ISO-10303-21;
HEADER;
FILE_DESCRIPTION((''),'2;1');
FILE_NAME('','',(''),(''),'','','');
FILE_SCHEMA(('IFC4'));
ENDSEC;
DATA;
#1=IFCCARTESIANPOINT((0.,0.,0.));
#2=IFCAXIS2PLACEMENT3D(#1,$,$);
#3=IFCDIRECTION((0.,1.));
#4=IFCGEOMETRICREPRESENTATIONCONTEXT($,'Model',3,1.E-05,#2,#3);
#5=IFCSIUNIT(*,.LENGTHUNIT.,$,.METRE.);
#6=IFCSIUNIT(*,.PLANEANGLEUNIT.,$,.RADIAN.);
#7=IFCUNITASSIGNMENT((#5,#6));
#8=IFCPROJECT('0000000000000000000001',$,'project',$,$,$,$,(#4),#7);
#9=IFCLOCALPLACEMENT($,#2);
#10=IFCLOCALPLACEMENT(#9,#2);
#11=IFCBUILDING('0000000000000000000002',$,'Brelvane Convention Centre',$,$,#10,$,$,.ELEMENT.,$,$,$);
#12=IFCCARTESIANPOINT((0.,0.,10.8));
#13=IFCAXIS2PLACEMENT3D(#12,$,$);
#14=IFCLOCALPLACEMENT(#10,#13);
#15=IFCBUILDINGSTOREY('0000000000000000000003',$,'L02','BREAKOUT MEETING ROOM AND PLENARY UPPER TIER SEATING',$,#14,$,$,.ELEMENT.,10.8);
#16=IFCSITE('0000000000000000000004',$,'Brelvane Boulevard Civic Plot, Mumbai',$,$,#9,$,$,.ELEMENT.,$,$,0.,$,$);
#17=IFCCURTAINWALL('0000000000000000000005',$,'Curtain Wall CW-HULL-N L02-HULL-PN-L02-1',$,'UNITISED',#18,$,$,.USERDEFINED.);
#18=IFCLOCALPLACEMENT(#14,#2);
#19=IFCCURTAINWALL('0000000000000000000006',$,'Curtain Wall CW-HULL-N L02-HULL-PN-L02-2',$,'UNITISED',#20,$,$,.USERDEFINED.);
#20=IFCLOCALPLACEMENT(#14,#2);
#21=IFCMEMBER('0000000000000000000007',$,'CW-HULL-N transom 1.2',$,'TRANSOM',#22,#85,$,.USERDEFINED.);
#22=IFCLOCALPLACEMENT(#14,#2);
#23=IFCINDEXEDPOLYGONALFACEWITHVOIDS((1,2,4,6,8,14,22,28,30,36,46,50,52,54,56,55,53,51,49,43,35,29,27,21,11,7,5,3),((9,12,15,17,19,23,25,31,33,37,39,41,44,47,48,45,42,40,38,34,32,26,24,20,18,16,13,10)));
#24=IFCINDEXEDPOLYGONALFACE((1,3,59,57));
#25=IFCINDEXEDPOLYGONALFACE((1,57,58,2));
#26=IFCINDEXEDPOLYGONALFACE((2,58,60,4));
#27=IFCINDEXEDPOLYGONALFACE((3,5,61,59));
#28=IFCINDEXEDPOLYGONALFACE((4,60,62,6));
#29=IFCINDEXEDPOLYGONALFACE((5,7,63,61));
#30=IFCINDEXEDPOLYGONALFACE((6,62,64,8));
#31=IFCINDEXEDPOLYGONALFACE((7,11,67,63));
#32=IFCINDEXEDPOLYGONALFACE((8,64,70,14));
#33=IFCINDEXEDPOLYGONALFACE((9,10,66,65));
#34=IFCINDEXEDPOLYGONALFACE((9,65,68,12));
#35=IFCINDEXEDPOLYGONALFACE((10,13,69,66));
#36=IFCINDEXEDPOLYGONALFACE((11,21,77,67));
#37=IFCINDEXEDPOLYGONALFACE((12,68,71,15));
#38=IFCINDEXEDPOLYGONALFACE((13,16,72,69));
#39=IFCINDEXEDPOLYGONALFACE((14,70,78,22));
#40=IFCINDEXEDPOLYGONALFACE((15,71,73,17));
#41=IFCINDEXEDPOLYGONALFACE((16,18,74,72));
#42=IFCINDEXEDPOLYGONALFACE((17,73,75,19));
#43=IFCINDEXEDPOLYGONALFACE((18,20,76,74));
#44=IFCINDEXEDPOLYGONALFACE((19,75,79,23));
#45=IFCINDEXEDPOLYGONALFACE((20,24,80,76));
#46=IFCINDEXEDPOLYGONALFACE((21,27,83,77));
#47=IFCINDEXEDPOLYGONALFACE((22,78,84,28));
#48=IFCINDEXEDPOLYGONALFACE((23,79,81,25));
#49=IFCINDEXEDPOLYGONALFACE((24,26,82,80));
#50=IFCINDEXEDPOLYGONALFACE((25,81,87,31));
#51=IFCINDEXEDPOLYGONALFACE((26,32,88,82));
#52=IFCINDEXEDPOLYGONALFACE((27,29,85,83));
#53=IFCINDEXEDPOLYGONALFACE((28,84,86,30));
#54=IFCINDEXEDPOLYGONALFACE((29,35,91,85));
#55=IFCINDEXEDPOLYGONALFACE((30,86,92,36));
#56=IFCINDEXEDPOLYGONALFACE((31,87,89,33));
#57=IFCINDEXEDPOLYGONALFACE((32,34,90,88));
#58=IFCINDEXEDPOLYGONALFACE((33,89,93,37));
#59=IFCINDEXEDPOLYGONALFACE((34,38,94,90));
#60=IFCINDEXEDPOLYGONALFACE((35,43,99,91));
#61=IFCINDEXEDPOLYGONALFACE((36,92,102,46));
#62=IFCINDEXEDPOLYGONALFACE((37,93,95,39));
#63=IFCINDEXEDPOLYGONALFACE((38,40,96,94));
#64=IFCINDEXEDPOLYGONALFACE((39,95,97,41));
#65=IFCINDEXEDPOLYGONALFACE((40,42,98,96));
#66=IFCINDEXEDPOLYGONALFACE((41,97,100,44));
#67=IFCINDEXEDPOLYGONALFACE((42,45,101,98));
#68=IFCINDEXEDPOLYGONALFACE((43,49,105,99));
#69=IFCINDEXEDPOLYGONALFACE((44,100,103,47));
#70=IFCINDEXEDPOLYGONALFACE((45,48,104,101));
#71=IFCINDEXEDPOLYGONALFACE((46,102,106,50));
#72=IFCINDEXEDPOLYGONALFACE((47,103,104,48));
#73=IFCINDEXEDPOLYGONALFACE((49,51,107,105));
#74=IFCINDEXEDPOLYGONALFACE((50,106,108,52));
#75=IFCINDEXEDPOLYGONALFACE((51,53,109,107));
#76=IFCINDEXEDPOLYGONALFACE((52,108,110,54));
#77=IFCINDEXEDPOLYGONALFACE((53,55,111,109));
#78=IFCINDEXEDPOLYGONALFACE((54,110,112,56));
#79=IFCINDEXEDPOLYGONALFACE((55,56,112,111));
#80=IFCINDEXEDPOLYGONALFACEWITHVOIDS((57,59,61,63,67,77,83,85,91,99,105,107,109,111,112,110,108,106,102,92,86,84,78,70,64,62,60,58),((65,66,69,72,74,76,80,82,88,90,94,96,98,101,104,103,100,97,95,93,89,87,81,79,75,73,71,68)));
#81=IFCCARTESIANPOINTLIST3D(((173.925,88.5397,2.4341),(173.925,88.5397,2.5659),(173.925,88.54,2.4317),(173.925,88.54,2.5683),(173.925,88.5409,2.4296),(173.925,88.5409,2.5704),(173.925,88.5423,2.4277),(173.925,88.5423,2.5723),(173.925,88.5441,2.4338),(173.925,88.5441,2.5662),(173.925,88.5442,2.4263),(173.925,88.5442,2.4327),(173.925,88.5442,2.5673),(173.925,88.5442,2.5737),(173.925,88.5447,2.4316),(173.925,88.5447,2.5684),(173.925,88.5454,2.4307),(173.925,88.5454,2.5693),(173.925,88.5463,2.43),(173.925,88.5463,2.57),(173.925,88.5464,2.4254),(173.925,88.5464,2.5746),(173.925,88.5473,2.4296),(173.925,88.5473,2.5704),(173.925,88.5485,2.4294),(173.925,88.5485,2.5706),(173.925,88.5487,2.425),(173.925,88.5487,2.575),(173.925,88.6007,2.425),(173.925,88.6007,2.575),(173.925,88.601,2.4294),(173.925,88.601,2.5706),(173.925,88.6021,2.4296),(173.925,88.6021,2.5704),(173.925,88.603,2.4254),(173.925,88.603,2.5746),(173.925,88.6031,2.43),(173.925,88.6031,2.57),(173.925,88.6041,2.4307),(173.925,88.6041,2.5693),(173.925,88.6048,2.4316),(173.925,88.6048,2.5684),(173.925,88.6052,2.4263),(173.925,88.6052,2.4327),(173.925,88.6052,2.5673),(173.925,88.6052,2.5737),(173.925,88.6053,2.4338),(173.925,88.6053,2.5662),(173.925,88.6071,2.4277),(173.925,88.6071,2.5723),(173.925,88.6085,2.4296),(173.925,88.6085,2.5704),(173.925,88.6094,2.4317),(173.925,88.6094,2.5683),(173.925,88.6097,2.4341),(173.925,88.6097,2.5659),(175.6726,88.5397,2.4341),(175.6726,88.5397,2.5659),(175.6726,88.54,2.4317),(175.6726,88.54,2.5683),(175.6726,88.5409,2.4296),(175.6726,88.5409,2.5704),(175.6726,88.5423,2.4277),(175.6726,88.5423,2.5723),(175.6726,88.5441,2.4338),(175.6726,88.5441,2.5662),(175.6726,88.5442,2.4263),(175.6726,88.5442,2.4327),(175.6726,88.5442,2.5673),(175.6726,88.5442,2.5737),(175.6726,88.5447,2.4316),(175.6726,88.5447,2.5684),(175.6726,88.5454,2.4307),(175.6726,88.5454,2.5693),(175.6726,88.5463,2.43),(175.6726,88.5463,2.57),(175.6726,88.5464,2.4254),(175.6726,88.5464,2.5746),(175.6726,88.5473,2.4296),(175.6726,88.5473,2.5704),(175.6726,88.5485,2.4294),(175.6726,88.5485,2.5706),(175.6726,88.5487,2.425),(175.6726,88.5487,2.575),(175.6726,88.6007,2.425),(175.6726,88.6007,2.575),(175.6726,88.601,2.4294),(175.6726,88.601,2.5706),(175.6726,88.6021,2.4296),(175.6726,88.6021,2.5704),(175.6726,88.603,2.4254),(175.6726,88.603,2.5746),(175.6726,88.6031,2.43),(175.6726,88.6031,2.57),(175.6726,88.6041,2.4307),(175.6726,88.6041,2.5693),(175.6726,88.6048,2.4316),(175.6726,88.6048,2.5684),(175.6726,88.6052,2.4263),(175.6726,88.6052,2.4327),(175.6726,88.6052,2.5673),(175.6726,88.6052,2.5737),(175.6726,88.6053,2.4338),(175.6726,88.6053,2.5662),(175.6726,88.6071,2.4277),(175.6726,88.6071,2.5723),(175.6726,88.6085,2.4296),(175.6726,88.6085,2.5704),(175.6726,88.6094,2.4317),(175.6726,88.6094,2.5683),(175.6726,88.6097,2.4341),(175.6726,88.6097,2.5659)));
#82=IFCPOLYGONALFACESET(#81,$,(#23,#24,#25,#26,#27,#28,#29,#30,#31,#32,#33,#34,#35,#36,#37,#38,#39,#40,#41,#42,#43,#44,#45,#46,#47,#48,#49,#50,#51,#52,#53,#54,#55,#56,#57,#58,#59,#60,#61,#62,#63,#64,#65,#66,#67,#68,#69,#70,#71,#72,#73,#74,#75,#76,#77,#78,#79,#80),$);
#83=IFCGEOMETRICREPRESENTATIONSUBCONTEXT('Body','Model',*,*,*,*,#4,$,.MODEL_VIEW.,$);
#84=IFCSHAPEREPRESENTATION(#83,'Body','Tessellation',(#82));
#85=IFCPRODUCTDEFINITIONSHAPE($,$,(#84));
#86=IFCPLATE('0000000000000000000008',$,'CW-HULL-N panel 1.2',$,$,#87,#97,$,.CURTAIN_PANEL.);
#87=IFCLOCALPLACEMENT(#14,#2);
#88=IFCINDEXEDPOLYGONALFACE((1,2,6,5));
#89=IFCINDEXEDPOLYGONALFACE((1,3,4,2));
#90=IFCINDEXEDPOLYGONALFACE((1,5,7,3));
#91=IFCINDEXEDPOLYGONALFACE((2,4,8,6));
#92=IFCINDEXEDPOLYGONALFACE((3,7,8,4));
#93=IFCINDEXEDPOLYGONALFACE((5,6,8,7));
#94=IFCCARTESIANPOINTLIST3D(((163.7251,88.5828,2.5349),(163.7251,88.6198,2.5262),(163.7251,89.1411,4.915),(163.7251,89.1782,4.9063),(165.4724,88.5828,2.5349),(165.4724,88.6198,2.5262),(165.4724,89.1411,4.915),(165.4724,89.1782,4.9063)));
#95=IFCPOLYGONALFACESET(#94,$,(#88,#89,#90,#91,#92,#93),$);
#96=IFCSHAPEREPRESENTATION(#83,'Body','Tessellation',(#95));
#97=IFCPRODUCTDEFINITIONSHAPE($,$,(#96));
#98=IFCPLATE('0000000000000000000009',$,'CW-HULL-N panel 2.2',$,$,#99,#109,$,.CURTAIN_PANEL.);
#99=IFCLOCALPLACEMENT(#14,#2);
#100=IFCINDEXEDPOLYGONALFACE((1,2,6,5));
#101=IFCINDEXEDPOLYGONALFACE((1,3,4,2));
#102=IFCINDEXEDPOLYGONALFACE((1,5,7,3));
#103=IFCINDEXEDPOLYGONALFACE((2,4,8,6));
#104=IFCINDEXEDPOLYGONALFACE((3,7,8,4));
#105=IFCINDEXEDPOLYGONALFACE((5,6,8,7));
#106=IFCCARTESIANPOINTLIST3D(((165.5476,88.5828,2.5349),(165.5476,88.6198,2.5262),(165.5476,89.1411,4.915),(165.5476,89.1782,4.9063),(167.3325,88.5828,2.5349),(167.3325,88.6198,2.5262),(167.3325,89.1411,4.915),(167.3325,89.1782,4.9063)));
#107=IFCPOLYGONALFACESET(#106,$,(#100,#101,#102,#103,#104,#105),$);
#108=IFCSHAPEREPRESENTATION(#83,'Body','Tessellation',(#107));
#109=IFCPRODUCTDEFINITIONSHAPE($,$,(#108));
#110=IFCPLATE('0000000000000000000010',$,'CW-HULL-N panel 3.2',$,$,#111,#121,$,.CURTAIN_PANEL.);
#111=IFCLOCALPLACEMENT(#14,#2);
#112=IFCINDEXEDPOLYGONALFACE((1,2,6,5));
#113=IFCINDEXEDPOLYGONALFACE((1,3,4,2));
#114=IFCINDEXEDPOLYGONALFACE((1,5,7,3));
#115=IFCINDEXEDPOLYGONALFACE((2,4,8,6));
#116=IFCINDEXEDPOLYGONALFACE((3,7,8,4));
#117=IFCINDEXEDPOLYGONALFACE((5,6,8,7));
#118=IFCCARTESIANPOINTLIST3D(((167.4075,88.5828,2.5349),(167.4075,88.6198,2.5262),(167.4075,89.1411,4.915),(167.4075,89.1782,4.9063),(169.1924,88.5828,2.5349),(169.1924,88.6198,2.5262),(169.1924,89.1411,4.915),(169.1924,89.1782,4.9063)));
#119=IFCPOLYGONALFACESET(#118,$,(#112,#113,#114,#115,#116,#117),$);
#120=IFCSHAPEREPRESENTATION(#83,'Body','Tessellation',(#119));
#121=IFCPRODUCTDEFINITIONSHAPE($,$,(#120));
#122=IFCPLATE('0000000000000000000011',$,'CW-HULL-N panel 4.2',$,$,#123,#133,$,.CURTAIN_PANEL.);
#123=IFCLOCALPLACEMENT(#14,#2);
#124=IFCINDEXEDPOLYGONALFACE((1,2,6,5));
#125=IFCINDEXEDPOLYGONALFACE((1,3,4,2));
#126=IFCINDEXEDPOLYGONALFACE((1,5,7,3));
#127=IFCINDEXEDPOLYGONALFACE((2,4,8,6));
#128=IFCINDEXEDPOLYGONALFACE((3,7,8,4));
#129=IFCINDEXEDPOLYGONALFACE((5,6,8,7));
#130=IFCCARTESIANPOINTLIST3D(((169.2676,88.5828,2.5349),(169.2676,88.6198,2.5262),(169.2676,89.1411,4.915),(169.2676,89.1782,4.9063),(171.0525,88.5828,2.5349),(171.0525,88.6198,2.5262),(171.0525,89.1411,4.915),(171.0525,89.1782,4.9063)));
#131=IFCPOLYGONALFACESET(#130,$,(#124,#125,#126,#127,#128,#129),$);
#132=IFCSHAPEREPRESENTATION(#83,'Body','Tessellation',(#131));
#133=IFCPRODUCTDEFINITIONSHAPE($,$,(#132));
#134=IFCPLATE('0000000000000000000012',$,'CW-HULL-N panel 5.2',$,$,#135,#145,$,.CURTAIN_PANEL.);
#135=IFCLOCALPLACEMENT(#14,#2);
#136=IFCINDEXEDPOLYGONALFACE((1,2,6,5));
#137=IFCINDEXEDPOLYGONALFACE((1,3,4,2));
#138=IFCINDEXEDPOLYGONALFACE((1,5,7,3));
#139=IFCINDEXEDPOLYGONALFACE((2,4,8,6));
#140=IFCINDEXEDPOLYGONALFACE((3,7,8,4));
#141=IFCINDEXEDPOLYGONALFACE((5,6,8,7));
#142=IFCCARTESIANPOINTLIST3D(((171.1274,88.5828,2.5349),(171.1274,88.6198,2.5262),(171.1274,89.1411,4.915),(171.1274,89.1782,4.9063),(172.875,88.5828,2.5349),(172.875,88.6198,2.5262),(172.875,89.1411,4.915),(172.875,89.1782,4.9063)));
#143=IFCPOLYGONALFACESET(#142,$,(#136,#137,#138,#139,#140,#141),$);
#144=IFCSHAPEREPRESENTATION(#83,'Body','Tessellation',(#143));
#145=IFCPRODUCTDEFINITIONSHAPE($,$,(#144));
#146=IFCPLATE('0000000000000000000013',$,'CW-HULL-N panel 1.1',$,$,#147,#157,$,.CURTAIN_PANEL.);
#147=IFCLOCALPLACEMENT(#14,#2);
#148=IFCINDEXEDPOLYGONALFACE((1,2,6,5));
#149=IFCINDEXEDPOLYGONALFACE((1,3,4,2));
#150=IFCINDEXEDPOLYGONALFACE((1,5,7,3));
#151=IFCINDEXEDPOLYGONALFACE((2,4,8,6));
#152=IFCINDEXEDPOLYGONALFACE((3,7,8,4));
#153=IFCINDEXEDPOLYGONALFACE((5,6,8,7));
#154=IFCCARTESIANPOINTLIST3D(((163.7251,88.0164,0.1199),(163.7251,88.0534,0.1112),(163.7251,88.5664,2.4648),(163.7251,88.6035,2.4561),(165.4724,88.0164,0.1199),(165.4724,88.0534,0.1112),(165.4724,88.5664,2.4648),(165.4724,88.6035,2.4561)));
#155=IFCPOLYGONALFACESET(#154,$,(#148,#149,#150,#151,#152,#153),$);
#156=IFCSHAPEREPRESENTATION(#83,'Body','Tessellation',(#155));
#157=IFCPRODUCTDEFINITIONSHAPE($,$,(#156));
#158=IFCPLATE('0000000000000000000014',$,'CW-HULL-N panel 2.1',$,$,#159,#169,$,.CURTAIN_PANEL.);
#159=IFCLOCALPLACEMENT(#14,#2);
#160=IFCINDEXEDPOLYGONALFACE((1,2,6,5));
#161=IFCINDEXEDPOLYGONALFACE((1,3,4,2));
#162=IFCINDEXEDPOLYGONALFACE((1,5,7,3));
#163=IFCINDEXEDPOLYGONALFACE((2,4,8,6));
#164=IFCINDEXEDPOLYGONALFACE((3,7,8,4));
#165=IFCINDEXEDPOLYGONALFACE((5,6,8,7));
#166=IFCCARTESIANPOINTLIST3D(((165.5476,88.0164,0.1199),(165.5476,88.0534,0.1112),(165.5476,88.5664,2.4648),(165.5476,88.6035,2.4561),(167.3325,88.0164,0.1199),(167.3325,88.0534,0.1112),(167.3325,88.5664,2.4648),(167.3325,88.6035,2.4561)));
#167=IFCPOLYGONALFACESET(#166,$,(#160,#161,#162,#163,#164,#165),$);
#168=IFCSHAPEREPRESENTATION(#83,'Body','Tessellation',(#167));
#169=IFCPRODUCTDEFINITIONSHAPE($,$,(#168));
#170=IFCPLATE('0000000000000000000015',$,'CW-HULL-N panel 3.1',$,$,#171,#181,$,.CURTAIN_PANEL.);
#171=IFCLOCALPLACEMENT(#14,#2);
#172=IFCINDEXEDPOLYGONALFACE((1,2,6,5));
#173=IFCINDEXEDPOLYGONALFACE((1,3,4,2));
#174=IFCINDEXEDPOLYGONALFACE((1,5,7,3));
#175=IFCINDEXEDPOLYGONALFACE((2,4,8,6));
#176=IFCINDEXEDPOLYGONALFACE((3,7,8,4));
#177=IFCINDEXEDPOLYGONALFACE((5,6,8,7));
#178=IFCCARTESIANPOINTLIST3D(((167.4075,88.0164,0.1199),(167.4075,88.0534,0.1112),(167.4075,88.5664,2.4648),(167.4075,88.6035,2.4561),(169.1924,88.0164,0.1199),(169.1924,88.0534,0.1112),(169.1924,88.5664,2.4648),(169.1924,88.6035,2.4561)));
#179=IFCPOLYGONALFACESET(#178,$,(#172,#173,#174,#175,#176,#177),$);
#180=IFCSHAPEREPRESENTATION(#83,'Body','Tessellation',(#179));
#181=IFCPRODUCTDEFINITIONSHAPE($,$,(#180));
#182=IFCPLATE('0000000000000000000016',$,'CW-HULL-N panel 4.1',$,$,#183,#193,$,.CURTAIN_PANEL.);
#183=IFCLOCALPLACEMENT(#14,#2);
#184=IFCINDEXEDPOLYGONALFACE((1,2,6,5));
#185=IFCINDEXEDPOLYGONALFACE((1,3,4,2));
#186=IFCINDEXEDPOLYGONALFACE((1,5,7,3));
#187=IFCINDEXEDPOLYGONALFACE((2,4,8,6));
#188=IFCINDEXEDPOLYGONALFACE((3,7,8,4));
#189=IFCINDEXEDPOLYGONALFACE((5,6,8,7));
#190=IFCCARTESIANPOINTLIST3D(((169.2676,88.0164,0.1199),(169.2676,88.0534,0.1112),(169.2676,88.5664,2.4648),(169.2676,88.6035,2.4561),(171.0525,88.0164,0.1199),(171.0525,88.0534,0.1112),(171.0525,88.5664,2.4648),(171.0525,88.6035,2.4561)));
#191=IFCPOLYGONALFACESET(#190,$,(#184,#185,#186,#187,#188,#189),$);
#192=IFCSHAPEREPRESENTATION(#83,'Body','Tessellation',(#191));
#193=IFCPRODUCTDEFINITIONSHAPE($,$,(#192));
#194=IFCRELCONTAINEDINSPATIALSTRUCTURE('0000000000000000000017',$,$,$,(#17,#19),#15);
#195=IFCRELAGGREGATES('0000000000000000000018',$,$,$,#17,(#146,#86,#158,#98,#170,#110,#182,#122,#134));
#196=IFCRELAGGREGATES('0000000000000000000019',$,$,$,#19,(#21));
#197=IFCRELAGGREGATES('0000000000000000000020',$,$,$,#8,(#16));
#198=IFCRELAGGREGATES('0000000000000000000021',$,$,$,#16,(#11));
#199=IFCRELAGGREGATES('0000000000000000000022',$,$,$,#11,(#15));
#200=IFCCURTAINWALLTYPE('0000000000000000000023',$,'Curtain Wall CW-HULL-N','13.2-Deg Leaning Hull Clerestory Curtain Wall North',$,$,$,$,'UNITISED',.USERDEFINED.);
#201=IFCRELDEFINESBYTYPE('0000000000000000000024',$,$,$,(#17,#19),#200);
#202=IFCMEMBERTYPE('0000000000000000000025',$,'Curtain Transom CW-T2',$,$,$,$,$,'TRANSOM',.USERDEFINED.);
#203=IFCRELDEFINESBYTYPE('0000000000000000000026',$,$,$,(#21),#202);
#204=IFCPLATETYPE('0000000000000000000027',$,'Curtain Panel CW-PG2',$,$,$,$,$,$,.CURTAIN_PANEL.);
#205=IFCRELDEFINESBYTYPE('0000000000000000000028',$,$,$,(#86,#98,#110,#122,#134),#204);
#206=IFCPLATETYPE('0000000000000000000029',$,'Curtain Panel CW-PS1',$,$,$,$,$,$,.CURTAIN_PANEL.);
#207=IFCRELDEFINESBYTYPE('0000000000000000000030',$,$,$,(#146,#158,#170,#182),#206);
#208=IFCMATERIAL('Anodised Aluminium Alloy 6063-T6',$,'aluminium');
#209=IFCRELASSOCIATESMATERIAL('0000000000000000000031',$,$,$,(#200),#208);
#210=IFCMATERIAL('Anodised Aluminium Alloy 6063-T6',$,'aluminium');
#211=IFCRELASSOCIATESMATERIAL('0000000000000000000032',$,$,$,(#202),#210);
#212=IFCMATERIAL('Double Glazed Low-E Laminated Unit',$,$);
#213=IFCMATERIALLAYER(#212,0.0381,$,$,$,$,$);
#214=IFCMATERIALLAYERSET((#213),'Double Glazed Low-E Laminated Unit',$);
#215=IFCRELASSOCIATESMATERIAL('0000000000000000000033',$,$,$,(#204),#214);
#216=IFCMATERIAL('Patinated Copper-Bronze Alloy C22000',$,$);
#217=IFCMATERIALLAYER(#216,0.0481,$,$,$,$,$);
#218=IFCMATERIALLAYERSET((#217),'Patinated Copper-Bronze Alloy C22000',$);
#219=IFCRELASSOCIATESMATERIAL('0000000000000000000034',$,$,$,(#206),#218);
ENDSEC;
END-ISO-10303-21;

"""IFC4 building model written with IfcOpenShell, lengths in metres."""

from ifc_helpers import new_model, si_unit, direction, frame, origin, origin_2d, place, context, subcontext, project, spatial, polyline, hollow_rectangle, outline, extrude, material, layer, layer_set, material_profile, profile_set, type_object, element, aggregate, save


model = new_model("IFC4")

# Units and contexts
model_context = context("Model", 3, precision=1e-05, world=origin(), true_north=direction((0.0, 1.0)))
body_context = subcontext(model_context, "Body", "Model", "MODEL_VIEW")
ifc_project = project(units=[si_unit("LENGTHUNIT", "METRE"), si_unit("PLANEANGLEUNIT", "RADIAN")], contexts=[model_context])

# Site, building, storey
site_placement = place(None, origin())
site = spatial("IfcSite", under=ifc_project, at=site_placement, Name="Brelvane Boulevard Civic Plot, Mumbai", CompositionType="ELEMENT", RefElevation=0.0)
building_placement = place(site_placement, origin())
building = spatial("IfcBuilding", under=site, at=building_placement, Name="Brelvane Convention Centre", CompositionType="ELEMENT")
storey_placement = place(building_placement, frame((0.0, 0.0, 10.8)))
storey = spatial("IfcBuildingStorey", under=building, at=storey_placement, Name="L02", Description="BREAKOUT MEETING ROOM AND PLENARY UPPER TIER SEATING", CompositionType="ELEMENT", Elevation=10.8)

# Curtain wall
ifc_material_1 = material(Name="Anodised Aluminium Alloy 6063-T6", Category="aluminium")
curtain_wall_type = type_object("IfcCurtainWallType", Name="Curtain Wall CW-HULL-N", Description="13.2-Deg Leaning Hull Clerestory Curtain Wall North", ElementType="UNITISED", PredefinedType="USERDEFINED", material=ifc_material_1)
curtain_wall_1_placement = place(storey_placement, origin())
curtain_wall_1 = element("IfcCurtainWall", 1, at=curtain_wall_1_placement, inside=storey, type_object=curtain_wall_type, Name="Curtain Wall CW-HULL-N L02-HULL-PN-L02-1", ObjectType="UNITISED", PredefinedType="USERDEFINED")

# Curtain wall
curtain_wall_2_placement = place(storey_placement, origin())
curtain_wall_2 = element("IfcCurtainWall", 2, at=curtain_wall_2_placement, inside=storey, type_object=curtain_wall_type, Name="Curtain Wall CW-HULL-N L02-HULL-PN-L02-2", ObjectType="UNITISED", PredefinedType="USERDEFINED")

# Member
ifc_material_2 = material(Name="Anodised Aluminium Alloy 6063-T6", Category="aluminium")
ifc_material_profile_1 = material_profile(ifc_material_2, hollow_rectangle(XDim=0.0701, YDim=0.1499, WallThickness=0.0044, InnerFilletRadius=0.0044, OuterFilletRadius=0.009, at=origin_2d()), Name="ALU-T 150x70x4.5")
ifc_profile_set_1 = profile_set([ifc_material_profile_1], Name="Anodised Aluminium Alloy 6063-T6")
member_type_1 = type_object("IfcMemberType", Name="Curtain Transom CW-T2", ElementType="TRANSOM", PredefinedType="USERDEFINED", material=ifc_profile_set_1)
member_1_placement = place(storey_placement, frame((173.925, 88.5747, 2.5), z_axis=(1.0, 0.0, 0.0), x_axis=(0.0, 1.0, 0.0)))
member_1 = element("IfcMember", 3, at=member_1_placement, type_object=member_type_1, Name="CW-HULL-N transom 1.2", ObjectType="TRANSOM", PredefinedType="USERDEFINED", context=body_context, shape_type="SweptSolid", body=[
    extrude(hollow_rectangle(XDim=0.0701, YDim=0.1499, WallThickness=0.0044, InnerFilletRadius=0.0044, OuterFilletRadius=0.009, at=origin_2d()), origin(), (0.0, 0.0, 1.0), 1.7476),
])

# Plates
ifc_material_3 = material(Name="Double Glazed Low-E Laminated Unit")
ifc_layer_1 = layer(ifc_material_3, 0.0381)
ifc_layer_set_1 = layer_set([ifc_layer_1], Name="Double Glazed Low-E Laminated Unit")
plate_type_1 = type_object("IfcPlateType", Name="Curtain Panel CW-PG2", PredefinedType="CURTAIN_PANEL", material=ifc_layer_set_1)
plate_1_placement = place(storey_placement, frame((163.7251, 88.5828, 2.5349), z_axis=(0.0, -0.97357, 0.228388), x_axis=(1.0, 0.0, 0.0)))
plate_1 = element("IfcPlate", 4, at=plate_1_placement, type_object=plate_type_1, Name="CW-HULL-N panel 1.2", PredefinedType="CURTAIN_PANEL", context=body_context, shape_type="SweptSolid", body=[
    extrude(outline(polyline([(0.0, 0.0), (1.7473, 0.0), (1.7473, 2.4447), (0.0, 2.4447), (0.0, 0.0)])), origin(), (0.0, 0.0, -1.0), 0.0381),
])
plate_2_placement = place(storey_placement, frame((165.5476, 88.5828, 2.5349), z_axis=(0.0, -0.97357, 0.228388), x_axis=(1.0, 0.0, 0.0)))
plate_2 = element("IfcPlate", 5, at=plate_2_placement, type_object=plate_type_1, Name="CW-HULL-N panel 2.2", PredefinedType="CURTAIN_PANEL", context=body_context, shape_type="SweptSolid", body=[
    extrude(outline(polyline([(0.0, 0.0), (1.7849, 0.0), (1.7849, 2.4447), (0.0, 2.4447), (0.0, 0.0)])), origin(), (0.0, 0.0, -1.0), 0.0381),
])
plate_3_placement = place(storey_placement, frame((167.4075, 88.5828, 2.5349), z_axis=(0.0, -0.97357, 0.228388), x_axis=(1.0, 0.0, 0.0)))
plate_3 = element("IfcPlate", 6, at=plate_3_placement, type_object=plate_type_1, Name="CW-HULL-N panel 3.2", PredefinedType="CURTAIN_PANEL", context=body_context, shape_type="SweptSolid", body=[
    extrude(outline(polyline([(0.0, 0.0), (1.7849, 0.0), (1.7849, 2.4447), (0.0, 2.4447), (0.0, 0.0)])), origin(), (0.0, 0.0, -1.0), 0.0381),
])
plate_4_placement = place(storey_placement, frame((169.2676, 88.5828, 2.5349), z_axis=(0.0, -0.97357, 0.228388), x_axis=(1.0, 0.0, 0.0)))
plate_4 = element("IfcPlate", 7, at=plate_4_placement, type_object=plate_type_1, Name="CW-HULL-N panel 4.2", PredefinedType="CURTAIN_PANEL", context=body_context, shape_type="SweptSolid", body=[
    extrude(outline(polyline([(0.0, 0.0), (1.7849, 0.0), (1.7849, 2.4447), (0.0, 2.4447), (0.0, 0.0)])), origin(), (0.0, 0.0, -1.0), 0.0381),
])
plate_5_placement = place(storey_placement, frame((171.1274, 88.5828, 2.5349), z_axis=(0.0, -0.97357, 0.228388), x_axis=(1.0, 0.0, 0.0)))
plate_5 = element("IfcPlate", 8, at=plate_5_placement, type_object=plate_type_1, Name="CW-HULL-N panel 5.2", PredefinedType="CURTAIN_PANEL", context=body_context, shape_type="SweptSolid", body=[
    extrude(outline(polyline([(0.0, 0.0), (1.7476, 0.0), (1.7476, 2.4447), (0.0, 2.4447), (0.0, 0.0)])), origin(), (0.0, 0.0, -1.0), 0.0381),
])
ifc_material_4 = material(Name="Patinated Copper-Bronze Alloy C22000")
ifc_layer_2 = layer(ifc_material_4, 0.0481)
ifc_layer_set_2 = layer_set([ifc_layer_2], Name="Patinated Copper-Bronze Alloy C22000")
plate_type_2 = type_object("IfcPlateType", Name="Curtain Panel CW-PS1", PredefinedType="CURTAIN_PANEL", material=ifc_layer_set_2)
plate_6_placement = place(storey_placement, frame((163.7251, 88.0164, 0.1199), z_axis=(0.0, -0.973575, 0.228367), x_axis=(1.0, 0.0, 0.0)))
plate_6 = element("IfcPlate", 9, at=plate_6_placement, type_object=plate_type_2, Name="CW-HULL-N panel 1.1", PredefinedType="CURTAIN_PANEL", context=body_context, shape_type="SweptSolid", body=[
    extrude(outline(polyline([(0.0, 0.0), (1.7473, 0.0), (1.7473, 2.4086), (0.0, 2.4086), (0.0, 0.0)])), origin(), (0.0, 0.0, -1.0), 0.0381),
])
plate_7_placement = place(storey_placement, frame((165.5476, 88.0164, 0.1199), z_axis=(0.0, -0.973575, 0.228367), x_axis=(1.0, 0.0, 0.0)))
plate_7 = element("IfcPlate", 10, at=plate_7_placement, type_object=plate_type_2, Name="CW-HULL-N panel 2.1", PredefinedType="CURTAIN_PANEL", context=body_context, shape_type="SweptSolid", body=[
    extrude(outline(polyline([(0.0, 0.0), (1.7849, 0.0), (1.7849, 2.4086), (0.0, 2.4086), (0.0, 0.0)])), origin(), (0.0, 0.0, -1.0), 0.0381),
])
plate_8_placement = place(storey_placement, frame((167.4075, 88.0164, 0.1199), z_axis=(0.0, -0.973575, 0.228367), x_axis=(1.0, 0.0, 0.0)))
plate_8 = element("IfcPlate", 11, at=plate_8_placement, type_object=plate_type_2, Name="CW-HULL-N panel 3.1", PredefinedType="CURTAIN_PANEL", context=body_context, shape_type="SweptSolid", body=[
    extrude(outline(polyline([(0.0, 0.0), (1.7849, 0.0), (1.7849, 2.4086), (0.0, 2.4086), (0.0, 0.0)])), origin(), (0.0, 0.0, -1.0), 0.0381),
])
plate_9_placement = place(storey_placement, frame((169.2676, 88.0164, 0.1199), z_axis=(0.0, -0.973575, 0.228367), x_axis=(1.0, 0.0, 0.0)))
plate_9 = element("IfcPlate", 12, at=plate_9_placement, type_object=plate_type_2, Name="CW-HULL-N panel 4.1", PredefinedType="CURTAIN_PANEL", context=body_context, shape_type="SweptSolid", body=[
    extrude(outline(polyline([(0.0, 0.0), (1.7849, 0.0), (1.7849, 2.4086), (0.0, 2.4086), (0.0, 0.0)])), origin(), (0.0, 0.0, -1.0), 0.0381),
])
aggregate(curtain_wall_1, [plate_6, plate_1, plate_7, plate_2, plate_8, plate_3, plate_9, plate_4, plate_5])
aggregate(curtain_wall_2, [member_1])

save(model, "model.ifc")
